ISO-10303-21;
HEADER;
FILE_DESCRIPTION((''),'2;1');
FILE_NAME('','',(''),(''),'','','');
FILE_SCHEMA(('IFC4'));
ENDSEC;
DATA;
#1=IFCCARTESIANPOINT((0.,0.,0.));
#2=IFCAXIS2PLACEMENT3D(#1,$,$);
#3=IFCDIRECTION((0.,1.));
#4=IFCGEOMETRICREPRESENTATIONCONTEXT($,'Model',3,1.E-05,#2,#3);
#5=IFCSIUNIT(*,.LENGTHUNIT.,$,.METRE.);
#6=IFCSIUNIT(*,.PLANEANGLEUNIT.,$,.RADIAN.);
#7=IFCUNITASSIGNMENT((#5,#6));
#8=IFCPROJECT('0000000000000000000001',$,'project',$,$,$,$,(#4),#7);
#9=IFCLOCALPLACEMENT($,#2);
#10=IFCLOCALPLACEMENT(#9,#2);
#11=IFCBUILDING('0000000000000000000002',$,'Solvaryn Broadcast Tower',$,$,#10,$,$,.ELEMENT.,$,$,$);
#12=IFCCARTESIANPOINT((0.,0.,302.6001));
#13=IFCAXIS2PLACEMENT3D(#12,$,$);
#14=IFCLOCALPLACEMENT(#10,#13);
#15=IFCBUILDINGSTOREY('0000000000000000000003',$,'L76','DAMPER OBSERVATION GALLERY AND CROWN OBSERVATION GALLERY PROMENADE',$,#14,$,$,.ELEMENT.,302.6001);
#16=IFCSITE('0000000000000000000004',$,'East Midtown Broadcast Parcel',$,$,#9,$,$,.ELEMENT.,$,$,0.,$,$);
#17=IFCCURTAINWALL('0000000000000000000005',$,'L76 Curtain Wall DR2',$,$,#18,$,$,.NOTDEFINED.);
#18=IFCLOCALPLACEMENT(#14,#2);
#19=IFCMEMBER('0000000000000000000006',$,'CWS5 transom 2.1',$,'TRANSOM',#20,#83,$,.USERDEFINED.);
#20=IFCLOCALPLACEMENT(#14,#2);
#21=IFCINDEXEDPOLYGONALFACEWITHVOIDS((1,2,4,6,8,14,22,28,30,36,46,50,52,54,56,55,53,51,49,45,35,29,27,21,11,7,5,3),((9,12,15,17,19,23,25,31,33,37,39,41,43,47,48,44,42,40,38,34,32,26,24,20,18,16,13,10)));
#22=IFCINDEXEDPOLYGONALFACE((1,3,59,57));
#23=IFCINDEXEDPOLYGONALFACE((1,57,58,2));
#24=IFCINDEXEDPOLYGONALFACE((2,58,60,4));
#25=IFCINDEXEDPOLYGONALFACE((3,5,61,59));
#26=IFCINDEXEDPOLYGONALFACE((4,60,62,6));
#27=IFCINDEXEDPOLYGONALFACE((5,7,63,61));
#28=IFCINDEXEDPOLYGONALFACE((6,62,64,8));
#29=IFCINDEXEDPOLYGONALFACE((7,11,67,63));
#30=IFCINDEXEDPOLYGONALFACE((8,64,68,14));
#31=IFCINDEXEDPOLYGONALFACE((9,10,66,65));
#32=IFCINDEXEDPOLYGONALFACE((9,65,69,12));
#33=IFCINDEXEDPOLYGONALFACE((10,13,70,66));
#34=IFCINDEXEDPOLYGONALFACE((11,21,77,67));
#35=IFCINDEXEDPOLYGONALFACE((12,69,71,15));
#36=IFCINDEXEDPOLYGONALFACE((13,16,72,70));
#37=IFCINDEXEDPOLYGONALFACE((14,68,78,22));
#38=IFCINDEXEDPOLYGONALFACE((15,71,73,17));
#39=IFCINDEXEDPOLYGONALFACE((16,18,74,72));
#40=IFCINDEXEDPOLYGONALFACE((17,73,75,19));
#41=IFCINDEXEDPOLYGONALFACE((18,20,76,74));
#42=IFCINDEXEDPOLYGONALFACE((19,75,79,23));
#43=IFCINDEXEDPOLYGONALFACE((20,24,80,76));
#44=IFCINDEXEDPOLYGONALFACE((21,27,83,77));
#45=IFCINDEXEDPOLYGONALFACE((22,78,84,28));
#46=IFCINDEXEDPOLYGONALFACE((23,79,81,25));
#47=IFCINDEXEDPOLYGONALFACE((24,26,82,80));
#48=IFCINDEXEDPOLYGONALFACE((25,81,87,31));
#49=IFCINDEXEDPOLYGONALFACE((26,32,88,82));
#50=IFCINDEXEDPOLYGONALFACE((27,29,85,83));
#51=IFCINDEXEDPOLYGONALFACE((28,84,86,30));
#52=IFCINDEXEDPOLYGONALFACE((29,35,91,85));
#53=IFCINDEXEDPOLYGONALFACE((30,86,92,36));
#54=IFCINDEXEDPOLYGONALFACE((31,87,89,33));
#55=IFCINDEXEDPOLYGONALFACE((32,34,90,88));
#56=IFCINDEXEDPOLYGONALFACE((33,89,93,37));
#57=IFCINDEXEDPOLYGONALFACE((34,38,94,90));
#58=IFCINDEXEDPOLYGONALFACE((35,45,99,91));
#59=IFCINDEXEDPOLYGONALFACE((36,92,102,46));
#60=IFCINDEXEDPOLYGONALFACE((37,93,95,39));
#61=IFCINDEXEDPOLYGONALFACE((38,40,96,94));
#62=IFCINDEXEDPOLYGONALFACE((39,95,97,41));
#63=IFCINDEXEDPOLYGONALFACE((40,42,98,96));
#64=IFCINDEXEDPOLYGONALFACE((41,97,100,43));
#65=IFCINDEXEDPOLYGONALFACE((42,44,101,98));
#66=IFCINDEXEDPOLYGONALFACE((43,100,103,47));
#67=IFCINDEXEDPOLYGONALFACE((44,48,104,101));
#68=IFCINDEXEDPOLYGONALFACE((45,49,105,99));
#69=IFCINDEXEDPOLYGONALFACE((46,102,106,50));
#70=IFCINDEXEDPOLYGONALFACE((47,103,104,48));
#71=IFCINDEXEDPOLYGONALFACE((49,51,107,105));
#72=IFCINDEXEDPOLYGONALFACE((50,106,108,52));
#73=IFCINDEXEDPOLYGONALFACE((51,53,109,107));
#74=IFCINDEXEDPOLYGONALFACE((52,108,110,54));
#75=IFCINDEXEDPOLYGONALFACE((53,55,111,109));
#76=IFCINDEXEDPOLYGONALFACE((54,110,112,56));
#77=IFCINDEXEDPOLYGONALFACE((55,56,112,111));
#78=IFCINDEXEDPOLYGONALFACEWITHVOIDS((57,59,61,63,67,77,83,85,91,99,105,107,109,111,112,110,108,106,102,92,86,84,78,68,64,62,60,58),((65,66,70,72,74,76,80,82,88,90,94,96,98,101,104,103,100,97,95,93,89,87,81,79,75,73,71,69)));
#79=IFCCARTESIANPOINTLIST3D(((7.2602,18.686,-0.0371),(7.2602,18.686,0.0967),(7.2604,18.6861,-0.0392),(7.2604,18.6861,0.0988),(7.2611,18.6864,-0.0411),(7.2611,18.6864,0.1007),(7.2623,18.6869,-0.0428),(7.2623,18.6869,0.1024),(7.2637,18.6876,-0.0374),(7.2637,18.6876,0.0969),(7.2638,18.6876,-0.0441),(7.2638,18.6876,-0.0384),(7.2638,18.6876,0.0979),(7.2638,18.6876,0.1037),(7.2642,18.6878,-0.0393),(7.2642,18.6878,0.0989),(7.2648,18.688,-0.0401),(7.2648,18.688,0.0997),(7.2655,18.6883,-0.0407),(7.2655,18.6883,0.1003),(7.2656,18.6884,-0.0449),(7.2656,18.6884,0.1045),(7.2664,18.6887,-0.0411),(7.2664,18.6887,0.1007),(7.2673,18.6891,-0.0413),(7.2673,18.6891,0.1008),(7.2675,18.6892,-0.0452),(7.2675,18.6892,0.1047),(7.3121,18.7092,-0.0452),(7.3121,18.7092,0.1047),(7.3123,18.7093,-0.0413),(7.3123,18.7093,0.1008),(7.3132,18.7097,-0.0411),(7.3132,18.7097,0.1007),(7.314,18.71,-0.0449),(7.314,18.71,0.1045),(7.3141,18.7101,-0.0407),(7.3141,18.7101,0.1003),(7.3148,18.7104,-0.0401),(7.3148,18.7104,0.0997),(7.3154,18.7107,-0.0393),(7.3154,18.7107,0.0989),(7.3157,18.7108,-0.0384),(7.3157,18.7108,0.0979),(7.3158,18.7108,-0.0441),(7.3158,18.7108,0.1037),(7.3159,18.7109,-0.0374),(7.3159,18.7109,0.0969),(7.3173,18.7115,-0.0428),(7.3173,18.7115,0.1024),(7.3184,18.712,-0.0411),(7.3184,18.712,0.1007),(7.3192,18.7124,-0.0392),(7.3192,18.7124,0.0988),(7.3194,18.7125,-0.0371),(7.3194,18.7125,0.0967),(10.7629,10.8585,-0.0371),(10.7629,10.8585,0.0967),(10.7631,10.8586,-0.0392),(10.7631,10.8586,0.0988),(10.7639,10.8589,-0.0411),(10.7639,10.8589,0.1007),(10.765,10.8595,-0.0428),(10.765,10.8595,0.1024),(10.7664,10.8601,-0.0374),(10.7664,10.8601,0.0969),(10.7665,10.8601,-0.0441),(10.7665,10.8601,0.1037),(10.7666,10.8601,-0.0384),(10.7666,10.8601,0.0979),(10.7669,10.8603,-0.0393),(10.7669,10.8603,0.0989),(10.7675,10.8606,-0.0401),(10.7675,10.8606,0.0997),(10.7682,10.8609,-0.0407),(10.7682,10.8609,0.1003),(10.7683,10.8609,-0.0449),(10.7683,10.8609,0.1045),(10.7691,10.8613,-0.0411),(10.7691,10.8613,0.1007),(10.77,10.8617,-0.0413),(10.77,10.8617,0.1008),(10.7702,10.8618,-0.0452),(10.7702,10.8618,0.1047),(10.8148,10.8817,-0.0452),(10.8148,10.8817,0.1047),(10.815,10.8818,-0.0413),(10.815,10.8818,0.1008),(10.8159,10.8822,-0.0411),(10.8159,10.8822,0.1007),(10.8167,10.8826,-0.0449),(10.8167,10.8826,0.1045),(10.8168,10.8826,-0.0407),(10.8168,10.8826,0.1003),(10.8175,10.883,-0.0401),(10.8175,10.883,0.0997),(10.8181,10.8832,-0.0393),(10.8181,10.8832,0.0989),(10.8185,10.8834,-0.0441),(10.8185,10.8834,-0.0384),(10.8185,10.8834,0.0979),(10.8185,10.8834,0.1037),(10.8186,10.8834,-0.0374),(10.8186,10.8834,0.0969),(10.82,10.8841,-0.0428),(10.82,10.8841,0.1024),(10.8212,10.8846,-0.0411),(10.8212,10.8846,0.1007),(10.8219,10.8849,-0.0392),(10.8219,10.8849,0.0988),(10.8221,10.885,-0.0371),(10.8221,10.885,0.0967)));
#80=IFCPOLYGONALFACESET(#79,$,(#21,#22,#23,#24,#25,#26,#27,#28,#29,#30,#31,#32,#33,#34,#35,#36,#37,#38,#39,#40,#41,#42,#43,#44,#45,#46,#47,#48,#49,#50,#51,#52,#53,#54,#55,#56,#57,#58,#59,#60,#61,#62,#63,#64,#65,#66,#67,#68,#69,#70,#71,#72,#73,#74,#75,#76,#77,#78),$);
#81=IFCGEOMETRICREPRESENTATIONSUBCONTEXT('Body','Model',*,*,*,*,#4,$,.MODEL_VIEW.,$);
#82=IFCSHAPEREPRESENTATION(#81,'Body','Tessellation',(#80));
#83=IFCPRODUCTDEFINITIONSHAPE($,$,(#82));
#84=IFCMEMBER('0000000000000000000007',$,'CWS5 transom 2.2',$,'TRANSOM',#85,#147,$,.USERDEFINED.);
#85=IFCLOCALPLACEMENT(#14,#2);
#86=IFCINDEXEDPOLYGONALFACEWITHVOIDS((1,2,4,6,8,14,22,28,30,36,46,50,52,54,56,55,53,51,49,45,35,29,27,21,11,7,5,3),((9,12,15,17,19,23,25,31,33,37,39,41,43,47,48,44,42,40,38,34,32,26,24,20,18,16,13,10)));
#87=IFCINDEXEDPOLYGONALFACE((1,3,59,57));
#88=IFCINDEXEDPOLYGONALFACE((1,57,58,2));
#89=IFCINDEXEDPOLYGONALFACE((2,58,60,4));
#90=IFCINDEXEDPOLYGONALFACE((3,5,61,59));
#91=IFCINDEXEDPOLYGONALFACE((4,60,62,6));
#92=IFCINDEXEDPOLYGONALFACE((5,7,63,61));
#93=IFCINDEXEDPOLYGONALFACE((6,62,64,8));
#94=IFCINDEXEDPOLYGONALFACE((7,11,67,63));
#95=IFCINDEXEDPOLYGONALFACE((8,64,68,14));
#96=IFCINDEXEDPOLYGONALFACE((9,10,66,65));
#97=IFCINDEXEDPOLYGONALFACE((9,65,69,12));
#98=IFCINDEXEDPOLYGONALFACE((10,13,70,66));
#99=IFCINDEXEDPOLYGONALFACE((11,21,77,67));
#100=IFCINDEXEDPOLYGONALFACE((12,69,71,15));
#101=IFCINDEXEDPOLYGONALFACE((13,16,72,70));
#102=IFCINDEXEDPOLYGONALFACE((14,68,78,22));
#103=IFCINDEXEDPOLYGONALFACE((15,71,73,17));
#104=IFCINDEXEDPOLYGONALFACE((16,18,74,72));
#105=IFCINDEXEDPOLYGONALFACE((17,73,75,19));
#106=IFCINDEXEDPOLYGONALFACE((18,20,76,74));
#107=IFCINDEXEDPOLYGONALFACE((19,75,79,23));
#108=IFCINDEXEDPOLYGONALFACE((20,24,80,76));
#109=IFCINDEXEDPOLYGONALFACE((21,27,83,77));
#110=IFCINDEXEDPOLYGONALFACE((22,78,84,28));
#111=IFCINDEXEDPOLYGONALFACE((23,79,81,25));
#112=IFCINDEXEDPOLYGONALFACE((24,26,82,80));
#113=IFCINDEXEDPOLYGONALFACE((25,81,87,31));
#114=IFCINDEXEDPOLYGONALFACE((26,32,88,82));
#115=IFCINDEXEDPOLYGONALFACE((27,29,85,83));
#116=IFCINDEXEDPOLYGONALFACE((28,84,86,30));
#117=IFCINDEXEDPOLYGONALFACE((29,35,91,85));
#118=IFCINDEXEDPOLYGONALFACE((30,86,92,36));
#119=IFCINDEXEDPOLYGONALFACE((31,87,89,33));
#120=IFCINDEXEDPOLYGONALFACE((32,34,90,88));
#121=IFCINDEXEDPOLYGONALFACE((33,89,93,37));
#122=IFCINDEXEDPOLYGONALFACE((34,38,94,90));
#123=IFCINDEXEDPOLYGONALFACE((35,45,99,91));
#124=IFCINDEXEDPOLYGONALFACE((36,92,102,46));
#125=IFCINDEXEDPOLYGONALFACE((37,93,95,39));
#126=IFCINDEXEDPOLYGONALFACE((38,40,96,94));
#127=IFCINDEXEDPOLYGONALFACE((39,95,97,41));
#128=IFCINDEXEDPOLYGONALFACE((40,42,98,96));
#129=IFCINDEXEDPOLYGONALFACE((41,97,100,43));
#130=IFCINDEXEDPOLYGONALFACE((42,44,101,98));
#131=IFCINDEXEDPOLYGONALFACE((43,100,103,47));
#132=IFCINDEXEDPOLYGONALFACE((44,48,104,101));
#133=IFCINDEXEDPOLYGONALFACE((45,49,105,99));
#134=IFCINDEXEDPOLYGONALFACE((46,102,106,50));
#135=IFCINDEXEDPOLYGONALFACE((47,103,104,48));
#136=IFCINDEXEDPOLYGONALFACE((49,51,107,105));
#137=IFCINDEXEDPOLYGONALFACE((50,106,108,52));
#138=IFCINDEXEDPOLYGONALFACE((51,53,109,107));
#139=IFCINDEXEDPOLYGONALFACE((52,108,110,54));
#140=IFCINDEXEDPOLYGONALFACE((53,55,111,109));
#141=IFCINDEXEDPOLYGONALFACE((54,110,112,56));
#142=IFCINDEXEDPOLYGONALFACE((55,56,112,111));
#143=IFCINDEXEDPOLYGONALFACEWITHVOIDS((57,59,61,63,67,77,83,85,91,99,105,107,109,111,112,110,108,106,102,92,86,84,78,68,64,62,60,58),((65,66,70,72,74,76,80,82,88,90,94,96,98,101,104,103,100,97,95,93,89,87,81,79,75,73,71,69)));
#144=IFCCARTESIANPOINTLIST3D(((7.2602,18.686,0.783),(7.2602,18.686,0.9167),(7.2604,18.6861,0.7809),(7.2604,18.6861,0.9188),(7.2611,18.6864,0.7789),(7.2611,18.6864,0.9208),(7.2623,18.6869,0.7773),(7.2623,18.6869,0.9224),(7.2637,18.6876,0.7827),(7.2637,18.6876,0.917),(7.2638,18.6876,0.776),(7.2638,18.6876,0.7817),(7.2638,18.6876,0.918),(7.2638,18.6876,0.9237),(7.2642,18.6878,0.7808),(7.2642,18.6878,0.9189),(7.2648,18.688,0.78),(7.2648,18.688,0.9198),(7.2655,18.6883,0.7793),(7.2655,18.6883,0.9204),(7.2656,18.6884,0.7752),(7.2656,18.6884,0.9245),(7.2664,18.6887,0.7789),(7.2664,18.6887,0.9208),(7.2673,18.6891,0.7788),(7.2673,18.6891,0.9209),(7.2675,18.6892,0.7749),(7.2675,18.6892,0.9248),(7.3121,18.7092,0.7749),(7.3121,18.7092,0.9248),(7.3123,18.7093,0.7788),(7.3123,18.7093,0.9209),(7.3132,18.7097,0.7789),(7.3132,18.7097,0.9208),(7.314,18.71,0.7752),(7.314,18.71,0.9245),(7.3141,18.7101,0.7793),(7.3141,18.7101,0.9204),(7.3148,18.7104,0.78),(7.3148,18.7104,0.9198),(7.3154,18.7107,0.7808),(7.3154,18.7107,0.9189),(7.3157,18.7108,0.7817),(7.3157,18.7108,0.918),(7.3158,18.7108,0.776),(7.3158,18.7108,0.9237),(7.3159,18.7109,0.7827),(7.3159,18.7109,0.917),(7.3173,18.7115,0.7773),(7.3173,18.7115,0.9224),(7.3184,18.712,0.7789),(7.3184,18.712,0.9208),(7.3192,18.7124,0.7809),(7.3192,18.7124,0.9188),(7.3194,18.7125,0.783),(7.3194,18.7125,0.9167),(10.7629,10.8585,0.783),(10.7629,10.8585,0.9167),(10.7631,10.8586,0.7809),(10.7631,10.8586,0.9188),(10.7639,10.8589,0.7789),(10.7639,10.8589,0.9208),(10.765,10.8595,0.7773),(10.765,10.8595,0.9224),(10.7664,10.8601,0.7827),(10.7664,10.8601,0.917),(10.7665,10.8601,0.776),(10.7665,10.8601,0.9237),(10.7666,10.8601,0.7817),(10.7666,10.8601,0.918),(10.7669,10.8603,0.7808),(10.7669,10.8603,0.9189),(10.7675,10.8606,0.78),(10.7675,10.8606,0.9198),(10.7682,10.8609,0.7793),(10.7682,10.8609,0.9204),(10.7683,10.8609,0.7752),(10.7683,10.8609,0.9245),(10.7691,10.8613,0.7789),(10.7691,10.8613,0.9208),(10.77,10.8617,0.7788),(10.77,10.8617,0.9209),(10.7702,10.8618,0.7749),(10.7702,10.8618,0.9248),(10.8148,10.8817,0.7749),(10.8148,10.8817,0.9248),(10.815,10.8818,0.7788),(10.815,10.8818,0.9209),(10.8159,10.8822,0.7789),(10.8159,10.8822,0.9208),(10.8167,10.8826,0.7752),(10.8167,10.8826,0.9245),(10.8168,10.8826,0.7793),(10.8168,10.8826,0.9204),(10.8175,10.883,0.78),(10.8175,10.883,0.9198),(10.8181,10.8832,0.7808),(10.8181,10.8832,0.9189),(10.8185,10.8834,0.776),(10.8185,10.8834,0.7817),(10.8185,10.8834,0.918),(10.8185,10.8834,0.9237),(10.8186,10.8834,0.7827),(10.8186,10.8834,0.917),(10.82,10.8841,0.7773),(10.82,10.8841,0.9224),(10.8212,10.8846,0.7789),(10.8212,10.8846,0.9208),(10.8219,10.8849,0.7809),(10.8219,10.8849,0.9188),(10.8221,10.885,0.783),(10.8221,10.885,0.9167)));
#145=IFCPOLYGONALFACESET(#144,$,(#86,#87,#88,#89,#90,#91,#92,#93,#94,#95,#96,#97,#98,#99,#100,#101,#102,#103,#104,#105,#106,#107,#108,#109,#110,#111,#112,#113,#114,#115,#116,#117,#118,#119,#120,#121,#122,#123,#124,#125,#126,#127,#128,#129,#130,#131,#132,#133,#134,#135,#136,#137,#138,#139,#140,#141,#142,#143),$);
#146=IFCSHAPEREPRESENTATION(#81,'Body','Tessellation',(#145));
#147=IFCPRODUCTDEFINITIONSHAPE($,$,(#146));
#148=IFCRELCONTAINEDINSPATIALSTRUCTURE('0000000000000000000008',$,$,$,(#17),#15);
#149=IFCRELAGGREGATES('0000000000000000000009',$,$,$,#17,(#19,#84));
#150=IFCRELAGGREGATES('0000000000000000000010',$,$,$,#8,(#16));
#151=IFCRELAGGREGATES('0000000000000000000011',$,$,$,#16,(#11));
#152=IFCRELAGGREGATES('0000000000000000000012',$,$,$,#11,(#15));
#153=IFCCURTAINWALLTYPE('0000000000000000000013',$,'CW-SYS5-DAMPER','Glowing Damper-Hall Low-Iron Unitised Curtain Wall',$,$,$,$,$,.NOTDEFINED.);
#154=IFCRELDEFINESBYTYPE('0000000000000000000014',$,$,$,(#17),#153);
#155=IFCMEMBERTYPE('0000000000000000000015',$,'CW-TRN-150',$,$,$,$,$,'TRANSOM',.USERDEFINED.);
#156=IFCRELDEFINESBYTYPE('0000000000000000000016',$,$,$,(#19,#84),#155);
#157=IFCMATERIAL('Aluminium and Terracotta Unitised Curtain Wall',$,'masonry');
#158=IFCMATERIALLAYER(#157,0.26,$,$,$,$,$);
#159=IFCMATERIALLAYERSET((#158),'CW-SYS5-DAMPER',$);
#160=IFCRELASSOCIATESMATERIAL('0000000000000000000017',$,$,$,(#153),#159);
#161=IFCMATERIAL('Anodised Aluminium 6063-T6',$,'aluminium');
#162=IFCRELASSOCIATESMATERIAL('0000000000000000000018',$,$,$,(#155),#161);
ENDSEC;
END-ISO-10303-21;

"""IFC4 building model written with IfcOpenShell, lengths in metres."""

from ifc_helpers import new_model, si_unit, direction, frame, origin, origin_2d, place, context, subcontext, project, spatial, hollow_rectangle, extrude, material, layer, layer_set, material_profile, profile_set, type_object, element, aggregate, save


model = new_model("IFC4")

# Units and contexts
model_context = context("Model", 3, precision=1e-05, world=origin(), true_north=direction((0.0, 1.0)))
body_context = subcontext(model_context, "Body", "Model", "MODEL_VIEW")
ifc_project = project(units=[si_unit("LENGTHUNIT", "METRE"), si_unit("PLANEANGLEUNIT", "RADIAN")], contexts=[model_context])

# Site, building, storey
site_placement = place(None, origin())
site = spatial("IfcSite", under=ifc_project, at=site_placement, Name="East Midtown Broadcast Parcel", CompositionType="ELEMENT", RefElevation=0.0)
building_placement = place(site_placement, origin())
building = spatial("IfcBuilding", under=site, at=building_placement, Name="Solvaryn Broadcast Tower", CompositionType="ELEMENT")
storey_placement = place(building_placement, frame((0.0, 0.0, 302.6001)))
storey = spatial("IfcBuildingStorey", under=building, at=storey_placement, Name="L76", Description="DAMPER OBSERVATION GALLERY AND CROWN OBSERVATION GALLERY PROMENADE", CompositionType="ELEMENT", Elevation=302.6001)

# Curtain wall, members
ifc_material_1 = material(Name="Aluminium and Terracotta Unitised Curtain Wall", Category="masonry")
ifc_layer_1 = layer(ifc_material_1, 0.26)
ifc_layer_set_1 = layer_set([ifc_layer_1], Name="CW-SYS5-DAMPER")
curtain_wall_type = type_object("IfcCurtainWallType", Name="CW-SYS5-DAMPER", Description="Glowing Damper-Hall Low-Iron Unitised Curtain Wall", PredefinedType="NOTDEFINED", material=ifc_layer_set_1)
curtain_wall_placement = place(storey_placement, origin())
curtain_wall = element("IfcCurtainWall", 1, at=curtain_wall_placement, inside=storey, type_object=curtain_wall_type, Name="L76 Curtain Wall DR2", PredefinedType="NOTDEFINED")
ifc_material_2 = material(Name="Anodised Aluminium 6063-T6", Category="aluminium")
ifc_material_profile_1 = material_profile(ifc_material_2, hollow_rectangle(XDim=0.0649, YDim=0.1499, WallThickness=0.0039, InnerFilletRadius=0.0039, OuterFilletRadius=0.0081, at=origin_2d()))
ifc_profile_set_1 = profile_set([ifc_material_profile_1], Name="Anodised Aluminium 6063-T6")
member_type_1 = type_object("IfcMemberType", Name="CW-TRN-150", ElementType="TRANSOM", PredefinedType="USERDEFINED", material=ifc_profile_set_1)
member_1_placement = place(storey_placement, frame((7.2898, 18.6992, 0.0298), z_axis=(0.408459, -0.912777, 0.0), x_axis=(0.912777, 0.408459, 0.0)))
member_1 = element("IfcMember", 2, at=member_1_placement, type_object=member_type_1, Name="CWS5 transom 2.1", ObjectType="TRANSOM", PredefinedType="USERDEFINED", context=body_context, shape_type="SweptSolid", body=[
    extrude(hollow_rectangle(XDim=0.0649, YDim=0.1499, WallThickness=0.0039, InnerFilletRadius=0.0039, OuterFilletRadius=0.0081, at=origin_2d()), origin(), (0.0, 0.0, 1.0), 8.5754),
])
member_2_placement = place(storey_placement, frame((7.2898, 18.6992, 0.8499), z_axis=(0.408459, -0.912777, 0.0), x_axis=(0.912777, 0.408459, 0.0)))
member_2 = element("IfcMember", 3, at=member_2_placement, type_object=member_type_1, Name="CWS5 transom 2.2", ObjectType="TRANSOM", PredefinedType="USERDEFINED", context=body_context, shape_type="SweptSolid", body=[
    extrude(hollow_rectangle(XDim=0.0649, YDim=0.1499, WallThickness=0.0039, InnerFilletRadius=0.0039, OuterFilletRadius=0.0081, at=origin_2d()), origin(), (0.0, 0.0, 1.0), 8.5754),
])

aggregate(curtain_wall, [member_1, member_2])

save(model, "model.ifc")
